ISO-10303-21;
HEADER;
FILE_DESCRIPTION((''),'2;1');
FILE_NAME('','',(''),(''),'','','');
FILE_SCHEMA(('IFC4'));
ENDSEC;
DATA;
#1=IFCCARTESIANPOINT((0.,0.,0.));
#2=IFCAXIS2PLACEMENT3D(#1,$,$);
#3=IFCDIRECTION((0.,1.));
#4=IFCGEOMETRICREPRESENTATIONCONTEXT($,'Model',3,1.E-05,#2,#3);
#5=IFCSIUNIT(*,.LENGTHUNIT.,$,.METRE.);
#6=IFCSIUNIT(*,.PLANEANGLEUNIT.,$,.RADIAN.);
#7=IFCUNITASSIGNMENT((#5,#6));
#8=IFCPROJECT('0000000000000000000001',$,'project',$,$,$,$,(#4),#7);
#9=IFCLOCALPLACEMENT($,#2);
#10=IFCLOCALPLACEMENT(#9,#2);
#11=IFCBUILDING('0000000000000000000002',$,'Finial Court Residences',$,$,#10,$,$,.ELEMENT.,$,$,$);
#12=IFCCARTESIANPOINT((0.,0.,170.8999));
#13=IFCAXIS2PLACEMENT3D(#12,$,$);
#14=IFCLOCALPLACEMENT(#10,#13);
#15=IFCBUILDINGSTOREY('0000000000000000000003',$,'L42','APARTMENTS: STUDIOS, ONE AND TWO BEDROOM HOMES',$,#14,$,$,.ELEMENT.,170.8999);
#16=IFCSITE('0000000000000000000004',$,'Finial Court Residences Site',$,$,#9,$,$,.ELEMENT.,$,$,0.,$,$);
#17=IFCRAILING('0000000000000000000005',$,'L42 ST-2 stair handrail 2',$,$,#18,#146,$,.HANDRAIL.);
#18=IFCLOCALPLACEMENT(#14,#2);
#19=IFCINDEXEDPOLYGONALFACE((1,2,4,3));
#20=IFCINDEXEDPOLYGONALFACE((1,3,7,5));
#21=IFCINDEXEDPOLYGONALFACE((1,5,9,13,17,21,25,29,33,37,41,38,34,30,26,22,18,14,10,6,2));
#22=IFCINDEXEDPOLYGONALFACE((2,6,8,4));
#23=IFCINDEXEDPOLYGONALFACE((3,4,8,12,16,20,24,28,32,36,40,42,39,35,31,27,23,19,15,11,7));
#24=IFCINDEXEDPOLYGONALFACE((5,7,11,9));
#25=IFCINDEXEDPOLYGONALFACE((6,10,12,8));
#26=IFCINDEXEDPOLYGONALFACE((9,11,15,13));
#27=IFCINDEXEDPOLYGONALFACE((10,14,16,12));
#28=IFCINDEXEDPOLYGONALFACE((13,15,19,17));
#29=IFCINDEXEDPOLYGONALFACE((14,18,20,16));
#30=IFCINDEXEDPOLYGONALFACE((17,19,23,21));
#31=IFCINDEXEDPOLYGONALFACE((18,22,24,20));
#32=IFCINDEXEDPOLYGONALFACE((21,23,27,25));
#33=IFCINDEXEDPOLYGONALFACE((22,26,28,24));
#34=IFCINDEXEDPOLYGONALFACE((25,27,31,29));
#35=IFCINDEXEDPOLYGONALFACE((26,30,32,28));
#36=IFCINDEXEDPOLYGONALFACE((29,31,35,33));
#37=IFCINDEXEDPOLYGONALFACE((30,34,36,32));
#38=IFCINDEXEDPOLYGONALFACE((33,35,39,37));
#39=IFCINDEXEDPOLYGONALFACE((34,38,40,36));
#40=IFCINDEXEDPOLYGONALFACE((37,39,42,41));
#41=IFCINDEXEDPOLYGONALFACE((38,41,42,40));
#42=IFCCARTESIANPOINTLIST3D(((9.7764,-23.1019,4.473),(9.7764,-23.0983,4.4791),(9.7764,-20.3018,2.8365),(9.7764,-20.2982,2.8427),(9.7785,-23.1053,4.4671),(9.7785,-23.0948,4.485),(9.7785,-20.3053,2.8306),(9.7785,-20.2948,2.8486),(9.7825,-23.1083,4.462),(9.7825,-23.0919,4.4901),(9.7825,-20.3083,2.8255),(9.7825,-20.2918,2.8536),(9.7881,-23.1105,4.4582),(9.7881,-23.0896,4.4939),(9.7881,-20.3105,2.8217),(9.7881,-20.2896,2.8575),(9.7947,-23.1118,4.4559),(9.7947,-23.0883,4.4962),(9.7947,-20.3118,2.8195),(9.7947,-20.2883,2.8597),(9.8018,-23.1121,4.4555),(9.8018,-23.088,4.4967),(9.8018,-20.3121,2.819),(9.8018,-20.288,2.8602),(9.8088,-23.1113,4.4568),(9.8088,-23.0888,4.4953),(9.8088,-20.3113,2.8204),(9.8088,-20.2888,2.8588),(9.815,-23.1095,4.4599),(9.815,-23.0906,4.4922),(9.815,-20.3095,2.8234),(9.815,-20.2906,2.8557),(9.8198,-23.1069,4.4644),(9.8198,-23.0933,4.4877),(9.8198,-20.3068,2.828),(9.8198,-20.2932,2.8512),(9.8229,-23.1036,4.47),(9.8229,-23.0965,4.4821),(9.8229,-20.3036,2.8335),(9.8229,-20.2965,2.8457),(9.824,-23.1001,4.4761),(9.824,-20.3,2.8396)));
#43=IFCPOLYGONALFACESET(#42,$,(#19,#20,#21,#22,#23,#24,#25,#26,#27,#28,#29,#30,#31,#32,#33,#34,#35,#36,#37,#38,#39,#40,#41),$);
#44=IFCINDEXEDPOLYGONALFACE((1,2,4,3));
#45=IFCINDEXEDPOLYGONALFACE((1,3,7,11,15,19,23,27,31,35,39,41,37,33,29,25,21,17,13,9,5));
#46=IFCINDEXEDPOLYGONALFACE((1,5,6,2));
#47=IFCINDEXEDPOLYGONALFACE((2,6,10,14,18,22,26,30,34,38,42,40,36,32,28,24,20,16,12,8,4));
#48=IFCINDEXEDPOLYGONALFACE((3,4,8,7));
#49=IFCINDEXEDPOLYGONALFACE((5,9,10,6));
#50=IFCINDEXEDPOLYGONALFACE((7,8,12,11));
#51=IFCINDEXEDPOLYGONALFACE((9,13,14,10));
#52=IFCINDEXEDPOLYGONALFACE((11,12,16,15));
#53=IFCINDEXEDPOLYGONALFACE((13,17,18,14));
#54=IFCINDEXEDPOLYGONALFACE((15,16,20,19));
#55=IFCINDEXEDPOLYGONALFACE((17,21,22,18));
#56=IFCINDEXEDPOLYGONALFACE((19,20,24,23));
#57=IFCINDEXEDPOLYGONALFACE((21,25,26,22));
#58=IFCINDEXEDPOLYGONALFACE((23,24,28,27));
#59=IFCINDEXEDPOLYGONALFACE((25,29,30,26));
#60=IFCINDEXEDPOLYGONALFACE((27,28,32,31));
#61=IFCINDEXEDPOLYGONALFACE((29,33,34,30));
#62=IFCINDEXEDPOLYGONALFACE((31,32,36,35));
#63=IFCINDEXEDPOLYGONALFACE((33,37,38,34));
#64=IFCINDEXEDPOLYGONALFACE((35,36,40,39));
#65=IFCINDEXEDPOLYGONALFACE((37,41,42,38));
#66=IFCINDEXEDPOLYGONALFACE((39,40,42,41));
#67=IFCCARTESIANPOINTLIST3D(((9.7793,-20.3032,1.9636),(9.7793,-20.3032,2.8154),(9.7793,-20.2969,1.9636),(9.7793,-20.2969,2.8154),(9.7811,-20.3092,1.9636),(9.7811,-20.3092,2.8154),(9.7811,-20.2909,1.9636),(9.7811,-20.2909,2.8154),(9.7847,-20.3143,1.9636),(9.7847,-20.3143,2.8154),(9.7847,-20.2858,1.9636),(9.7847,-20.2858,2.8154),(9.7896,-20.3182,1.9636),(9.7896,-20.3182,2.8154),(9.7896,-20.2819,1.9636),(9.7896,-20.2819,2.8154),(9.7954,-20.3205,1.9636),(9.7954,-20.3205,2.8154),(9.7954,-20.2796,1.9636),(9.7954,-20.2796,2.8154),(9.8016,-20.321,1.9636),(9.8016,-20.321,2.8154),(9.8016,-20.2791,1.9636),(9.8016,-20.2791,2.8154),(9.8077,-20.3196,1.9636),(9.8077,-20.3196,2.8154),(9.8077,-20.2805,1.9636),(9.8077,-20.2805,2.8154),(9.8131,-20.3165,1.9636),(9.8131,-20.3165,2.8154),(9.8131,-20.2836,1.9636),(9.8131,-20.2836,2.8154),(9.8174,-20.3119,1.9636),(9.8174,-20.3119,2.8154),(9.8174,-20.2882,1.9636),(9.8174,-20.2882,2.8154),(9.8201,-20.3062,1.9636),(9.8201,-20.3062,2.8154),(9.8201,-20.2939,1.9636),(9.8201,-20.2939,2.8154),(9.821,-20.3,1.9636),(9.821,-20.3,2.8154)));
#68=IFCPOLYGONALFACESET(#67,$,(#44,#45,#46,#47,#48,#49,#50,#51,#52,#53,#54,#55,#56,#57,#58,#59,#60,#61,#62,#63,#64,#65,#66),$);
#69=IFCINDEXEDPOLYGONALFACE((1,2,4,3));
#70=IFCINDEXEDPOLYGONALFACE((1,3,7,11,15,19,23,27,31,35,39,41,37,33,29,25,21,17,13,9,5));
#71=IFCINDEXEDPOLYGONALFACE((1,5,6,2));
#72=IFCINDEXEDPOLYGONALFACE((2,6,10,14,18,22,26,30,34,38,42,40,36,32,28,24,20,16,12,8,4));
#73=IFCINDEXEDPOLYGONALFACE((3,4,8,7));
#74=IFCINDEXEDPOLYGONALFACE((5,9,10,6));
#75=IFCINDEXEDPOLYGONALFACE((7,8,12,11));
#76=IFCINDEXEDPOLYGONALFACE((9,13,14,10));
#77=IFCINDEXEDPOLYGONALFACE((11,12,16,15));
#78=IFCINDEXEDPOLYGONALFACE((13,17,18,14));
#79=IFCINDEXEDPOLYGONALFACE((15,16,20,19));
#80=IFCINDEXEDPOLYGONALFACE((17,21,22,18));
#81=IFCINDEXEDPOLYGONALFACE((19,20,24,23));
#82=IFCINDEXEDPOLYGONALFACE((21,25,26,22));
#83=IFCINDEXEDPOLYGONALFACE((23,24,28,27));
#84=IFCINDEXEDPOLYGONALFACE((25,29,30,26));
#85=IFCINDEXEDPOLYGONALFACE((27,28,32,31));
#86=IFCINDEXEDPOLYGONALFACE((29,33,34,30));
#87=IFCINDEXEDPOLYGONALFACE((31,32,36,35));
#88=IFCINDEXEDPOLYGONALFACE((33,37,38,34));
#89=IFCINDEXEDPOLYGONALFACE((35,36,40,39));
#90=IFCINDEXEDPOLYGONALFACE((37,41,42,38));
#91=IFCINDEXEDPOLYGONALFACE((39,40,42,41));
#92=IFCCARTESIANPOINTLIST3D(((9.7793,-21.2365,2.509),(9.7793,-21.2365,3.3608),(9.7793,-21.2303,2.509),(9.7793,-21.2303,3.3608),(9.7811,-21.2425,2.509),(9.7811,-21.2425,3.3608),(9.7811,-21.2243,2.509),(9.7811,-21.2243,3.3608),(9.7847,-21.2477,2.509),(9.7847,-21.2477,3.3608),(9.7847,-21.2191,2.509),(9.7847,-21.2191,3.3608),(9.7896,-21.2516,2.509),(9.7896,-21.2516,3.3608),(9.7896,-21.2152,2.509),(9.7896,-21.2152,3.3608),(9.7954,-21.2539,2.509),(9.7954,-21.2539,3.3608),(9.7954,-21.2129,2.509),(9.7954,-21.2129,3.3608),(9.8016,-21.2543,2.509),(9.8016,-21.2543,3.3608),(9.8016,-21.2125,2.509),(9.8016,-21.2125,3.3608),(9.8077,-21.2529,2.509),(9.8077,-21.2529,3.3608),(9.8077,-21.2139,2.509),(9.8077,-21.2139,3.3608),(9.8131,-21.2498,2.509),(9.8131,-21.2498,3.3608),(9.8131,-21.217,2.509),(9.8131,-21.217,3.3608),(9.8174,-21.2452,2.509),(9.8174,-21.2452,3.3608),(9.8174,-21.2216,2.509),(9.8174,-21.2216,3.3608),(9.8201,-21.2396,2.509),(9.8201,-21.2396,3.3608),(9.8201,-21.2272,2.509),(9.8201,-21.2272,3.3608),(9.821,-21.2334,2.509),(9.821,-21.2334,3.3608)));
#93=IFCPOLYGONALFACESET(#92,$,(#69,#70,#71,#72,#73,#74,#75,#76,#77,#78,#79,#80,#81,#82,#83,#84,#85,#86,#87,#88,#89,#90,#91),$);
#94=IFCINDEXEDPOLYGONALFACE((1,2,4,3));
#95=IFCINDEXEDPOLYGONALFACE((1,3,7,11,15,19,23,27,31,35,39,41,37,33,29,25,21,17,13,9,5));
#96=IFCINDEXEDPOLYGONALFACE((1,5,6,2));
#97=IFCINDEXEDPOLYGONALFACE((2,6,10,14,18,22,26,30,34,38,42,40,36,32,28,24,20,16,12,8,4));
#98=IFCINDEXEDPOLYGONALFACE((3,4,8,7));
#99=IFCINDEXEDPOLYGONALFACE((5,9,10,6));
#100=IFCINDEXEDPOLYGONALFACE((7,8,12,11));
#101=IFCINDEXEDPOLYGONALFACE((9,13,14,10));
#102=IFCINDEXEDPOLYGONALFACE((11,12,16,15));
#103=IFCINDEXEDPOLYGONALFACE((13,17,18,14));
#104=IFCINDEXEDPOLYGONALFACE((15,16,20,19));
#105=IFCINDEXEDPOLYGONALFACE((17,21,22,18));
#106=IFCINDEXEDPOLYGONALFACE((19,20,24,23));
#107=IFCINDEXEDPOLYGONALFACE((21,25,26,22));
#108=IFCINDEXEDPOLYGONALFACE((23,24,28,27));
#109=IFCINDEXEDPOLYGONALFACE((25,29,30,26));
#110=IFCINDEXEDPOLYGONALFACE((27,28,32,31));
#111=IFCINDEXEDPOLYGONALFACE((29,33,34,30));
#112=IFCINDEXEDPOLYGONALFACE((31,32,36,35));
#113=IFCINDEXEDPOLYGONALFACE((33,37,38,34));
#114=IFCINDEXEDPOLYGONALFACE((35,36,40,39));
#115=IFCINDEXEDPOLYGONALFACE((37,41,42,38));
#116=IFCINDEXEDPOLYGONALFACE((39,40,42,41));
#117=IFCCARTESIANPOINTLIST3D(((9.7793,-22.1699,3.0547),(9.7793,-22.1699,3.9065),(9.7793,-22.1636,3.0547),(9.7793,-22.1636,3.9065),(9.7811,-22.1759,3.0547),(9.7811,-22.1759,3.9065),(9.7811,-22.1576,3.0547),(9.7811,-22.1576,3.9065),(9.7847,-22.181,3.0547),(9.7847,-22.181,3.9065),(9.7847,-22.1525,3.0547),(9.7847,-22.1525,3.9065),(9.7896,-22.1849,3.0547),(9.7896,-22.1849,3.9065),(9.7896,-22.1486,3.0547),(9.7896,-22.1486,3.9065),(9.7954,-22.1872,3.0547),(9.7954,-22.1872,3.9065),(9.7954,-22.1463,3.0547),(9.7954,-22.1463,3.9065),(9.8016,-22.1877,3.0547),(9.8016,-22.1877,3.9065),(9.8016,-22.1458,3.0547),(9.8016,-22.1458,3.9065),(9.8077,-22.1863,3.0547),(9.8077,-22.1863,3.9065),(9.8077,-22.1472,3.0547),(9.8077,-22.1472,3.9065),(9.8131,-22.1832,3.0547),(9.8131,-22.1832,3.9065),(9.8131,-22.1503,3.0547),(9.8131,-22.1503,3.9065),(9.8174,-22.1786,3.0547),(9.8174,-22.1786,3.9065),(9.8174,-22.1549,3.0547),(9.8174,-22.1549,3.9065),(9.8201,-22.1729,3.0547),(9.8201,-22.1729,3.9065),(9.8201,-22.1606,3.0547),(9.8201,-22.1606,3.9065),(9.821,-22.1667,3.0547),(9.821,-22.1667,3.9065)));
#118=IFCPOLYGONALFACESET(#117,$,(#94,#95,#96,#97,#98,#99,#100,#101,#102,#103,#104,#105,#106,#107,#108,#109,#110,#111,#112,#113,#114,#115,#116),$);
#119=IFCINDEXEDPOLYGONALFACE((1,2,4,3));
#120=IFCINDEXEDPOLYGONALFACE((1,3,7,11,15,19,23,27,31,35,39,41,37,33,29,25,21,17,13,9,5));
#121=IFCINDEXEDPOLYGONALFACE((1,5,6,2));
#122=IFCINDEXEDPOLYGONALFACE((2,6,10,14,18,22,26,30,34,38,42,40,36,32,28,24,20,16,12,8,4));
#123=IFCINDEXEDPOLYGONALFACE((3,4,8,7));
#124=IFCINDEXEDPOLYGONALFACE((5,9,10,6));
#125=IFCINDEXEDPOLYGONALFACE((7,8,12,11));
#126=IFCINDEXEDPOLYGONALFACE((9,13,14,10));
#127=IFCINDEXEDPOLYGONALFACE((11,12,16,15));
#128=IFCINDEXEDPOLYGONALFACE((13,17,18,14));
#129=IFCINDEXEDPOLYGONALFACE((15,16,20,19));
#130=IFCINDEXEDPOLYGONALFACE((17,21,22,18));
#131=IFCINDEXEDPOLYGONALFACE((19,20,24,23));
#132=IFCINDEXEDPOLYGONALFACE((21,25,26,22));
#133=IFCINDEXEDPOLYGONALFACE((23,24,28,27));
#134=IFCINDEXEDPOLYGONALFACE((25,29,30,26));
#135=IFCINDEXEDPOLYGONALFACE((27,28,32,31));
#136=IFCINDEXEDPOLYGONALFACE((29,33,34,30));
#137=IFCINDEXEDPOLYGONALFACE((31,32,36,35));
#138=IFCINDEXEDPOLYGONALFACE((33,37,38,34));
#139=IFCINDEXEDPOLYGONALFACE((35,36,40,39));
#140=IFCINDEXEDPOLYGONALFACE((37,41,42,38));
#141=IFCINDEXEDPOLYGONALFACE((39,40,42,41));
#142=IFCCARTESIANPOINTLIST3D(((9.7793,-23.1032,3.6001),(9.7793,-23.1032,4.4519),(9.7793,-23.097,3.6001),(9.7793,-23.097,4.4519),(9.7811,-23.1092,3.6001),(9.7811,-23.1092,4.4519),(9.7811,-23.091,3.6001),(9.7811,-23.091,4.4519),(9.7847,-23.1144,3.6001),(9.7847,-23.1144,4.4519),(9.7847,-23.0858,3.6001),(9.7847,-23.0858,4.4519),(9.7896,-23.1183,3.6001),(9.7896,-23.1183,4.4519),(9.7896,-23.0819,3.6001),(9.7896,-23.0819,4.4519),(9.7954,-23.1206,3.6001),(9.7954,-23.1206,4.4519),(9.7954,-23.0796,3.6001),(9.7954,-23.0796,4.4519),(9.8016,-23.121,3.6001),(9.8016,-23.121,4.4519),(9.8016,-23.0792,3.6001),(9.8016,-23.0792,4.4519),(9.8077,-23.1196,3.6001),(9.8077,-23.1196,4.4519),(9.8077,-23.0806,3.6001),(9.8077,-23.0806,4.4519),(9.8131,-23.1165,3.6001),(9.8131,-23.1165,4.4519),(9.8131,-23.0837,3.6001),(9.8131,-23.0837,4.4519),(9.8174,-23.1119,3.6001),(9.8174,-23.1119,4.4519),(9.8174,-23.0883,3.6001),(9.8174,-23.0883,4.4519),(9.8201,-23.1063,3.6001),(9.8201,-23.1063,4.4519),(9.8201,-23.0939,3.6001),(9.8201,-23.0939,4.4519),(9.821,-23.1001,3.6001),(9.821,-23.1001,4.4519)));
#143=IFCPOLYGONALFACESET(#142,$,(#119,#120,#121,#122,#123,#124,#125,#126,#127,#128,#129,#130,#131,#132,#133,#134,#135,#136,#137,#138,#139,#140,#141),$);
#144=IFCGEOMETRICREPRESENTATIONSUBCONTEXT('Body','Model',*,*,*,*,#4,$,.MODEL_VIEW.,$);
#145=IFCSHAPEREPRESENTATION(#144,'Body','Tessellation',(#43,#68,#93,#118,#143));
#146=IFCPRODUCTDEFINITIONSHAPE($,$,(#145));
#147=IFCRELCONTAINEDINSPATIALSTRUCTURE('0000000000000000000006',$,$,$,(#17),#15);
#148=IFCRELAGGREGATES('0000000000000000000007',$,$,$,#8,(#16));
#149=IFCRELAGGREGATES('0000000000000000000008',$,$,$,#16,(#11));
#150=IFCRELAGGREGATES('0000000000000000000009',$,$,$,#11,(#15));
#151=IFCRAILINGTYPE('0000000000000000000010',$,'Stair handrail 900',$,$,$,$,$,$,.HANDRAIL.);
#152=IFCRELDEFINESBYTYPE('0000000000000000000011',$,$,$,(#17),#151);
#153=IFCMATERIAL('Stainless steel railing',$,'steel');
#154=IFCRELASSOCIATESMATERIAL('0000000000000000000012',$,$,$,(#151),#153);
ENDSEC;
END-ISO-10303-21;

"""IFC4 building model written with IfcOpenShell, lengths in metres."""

from ifc_helpers import new_model, si_unit, direction, frame, origin, origin_2d, place, context, subcontext, project, spatial, circle, extrude, material, type_object, element, save


model = new_model("IFC4")

# Units and contexts
model_context = context("Model", 3, precision=1e-05, world=origin(), true_north=direction((0.0, 1.0)))
body_context = subcontext(model_context, "Body", "Model", "MODEL_VIEW")
ifc_project = project(units=[si_unit("LENGTHUNIT", "METRE"), si_unit("PLANEANGLEUNIT", "RADIAN")], contexts=[model_context])

# Site, building, storey
site_placement = place(None, origin())
site = spatial("IfcSite", under=ifc_project, at=site_placement, Name="Finial Court Residences Site", CompositionType="ELEMENT", RefElevation=0.0)
building_placement = place(site_placement, origin())
building = spatial("IfcBuilding", under=site, at=building_placement, Name="Finial Court Residences", CompositionType="ELEMENT")
storey_placement = place(building_placement, frame((0.0, 0.0, 170.8999)))
storey = spatial("IfcBuildingStorey", under=building, at=storey_placement, Name="L42", Description="APARTMENTS: STUDIOS, ONE AND TWO BEDROOM HOMES", CompositionType="ELEMENT", Elevation=170.8999)

# Railing
ifc_material_1 = material(Name="Stainless steel railing", Category="steel")
railing_type_1 = type_object("IfcRailingType", Name="Stair handrail 900", PredefinedType="HANDRAIL", material=ifc_material_1)
railing_1_placement = place(storey_placement, frame((9.8, -20.3, 1.9636)))
element("IfcRailing", 1, at=railing_1_placement, inside=storey, type_object=railing_type_1, Name="L42 ST-2 stair handrail 2", PredefinedType="HANDRAIL", context=body_context, shape_type="SweptSolid", body=[
    extrude(circle(Radius=0.0239, at=origin_2d()), frame((0.0, 0.0, 0.876), z_axis=(0.0, -0.863361, 0.504587), x_axis=(1.0, 0.0, 0.0)), (0.0, 0.0, 1.0), 3.2432),
    extrude(circle(Radius=0.021, at=origin_2d()), origin(), (0.0, 0.0, 1.0), 0.8518),
    extrude(circle(Radius=0.021, at=origin_2d()), frame((0.0, -0.9333, 0.5454)), (0.0, 0.0, 1.0), 0.8518),
    extrude(circle(Radius=0.021, at=origin_2d()), frame((0.0, -1.8667, 1.0911)), (0.0, 0.0, 1.0), 0.8518),
    extrude(circle(Radius=0.021, at=origin_2d()), frame((0.0, -2.8, 1.6365)), (0.0, 0.0, 1.0), 0.8518),
])

save(model, "model.ifc")
